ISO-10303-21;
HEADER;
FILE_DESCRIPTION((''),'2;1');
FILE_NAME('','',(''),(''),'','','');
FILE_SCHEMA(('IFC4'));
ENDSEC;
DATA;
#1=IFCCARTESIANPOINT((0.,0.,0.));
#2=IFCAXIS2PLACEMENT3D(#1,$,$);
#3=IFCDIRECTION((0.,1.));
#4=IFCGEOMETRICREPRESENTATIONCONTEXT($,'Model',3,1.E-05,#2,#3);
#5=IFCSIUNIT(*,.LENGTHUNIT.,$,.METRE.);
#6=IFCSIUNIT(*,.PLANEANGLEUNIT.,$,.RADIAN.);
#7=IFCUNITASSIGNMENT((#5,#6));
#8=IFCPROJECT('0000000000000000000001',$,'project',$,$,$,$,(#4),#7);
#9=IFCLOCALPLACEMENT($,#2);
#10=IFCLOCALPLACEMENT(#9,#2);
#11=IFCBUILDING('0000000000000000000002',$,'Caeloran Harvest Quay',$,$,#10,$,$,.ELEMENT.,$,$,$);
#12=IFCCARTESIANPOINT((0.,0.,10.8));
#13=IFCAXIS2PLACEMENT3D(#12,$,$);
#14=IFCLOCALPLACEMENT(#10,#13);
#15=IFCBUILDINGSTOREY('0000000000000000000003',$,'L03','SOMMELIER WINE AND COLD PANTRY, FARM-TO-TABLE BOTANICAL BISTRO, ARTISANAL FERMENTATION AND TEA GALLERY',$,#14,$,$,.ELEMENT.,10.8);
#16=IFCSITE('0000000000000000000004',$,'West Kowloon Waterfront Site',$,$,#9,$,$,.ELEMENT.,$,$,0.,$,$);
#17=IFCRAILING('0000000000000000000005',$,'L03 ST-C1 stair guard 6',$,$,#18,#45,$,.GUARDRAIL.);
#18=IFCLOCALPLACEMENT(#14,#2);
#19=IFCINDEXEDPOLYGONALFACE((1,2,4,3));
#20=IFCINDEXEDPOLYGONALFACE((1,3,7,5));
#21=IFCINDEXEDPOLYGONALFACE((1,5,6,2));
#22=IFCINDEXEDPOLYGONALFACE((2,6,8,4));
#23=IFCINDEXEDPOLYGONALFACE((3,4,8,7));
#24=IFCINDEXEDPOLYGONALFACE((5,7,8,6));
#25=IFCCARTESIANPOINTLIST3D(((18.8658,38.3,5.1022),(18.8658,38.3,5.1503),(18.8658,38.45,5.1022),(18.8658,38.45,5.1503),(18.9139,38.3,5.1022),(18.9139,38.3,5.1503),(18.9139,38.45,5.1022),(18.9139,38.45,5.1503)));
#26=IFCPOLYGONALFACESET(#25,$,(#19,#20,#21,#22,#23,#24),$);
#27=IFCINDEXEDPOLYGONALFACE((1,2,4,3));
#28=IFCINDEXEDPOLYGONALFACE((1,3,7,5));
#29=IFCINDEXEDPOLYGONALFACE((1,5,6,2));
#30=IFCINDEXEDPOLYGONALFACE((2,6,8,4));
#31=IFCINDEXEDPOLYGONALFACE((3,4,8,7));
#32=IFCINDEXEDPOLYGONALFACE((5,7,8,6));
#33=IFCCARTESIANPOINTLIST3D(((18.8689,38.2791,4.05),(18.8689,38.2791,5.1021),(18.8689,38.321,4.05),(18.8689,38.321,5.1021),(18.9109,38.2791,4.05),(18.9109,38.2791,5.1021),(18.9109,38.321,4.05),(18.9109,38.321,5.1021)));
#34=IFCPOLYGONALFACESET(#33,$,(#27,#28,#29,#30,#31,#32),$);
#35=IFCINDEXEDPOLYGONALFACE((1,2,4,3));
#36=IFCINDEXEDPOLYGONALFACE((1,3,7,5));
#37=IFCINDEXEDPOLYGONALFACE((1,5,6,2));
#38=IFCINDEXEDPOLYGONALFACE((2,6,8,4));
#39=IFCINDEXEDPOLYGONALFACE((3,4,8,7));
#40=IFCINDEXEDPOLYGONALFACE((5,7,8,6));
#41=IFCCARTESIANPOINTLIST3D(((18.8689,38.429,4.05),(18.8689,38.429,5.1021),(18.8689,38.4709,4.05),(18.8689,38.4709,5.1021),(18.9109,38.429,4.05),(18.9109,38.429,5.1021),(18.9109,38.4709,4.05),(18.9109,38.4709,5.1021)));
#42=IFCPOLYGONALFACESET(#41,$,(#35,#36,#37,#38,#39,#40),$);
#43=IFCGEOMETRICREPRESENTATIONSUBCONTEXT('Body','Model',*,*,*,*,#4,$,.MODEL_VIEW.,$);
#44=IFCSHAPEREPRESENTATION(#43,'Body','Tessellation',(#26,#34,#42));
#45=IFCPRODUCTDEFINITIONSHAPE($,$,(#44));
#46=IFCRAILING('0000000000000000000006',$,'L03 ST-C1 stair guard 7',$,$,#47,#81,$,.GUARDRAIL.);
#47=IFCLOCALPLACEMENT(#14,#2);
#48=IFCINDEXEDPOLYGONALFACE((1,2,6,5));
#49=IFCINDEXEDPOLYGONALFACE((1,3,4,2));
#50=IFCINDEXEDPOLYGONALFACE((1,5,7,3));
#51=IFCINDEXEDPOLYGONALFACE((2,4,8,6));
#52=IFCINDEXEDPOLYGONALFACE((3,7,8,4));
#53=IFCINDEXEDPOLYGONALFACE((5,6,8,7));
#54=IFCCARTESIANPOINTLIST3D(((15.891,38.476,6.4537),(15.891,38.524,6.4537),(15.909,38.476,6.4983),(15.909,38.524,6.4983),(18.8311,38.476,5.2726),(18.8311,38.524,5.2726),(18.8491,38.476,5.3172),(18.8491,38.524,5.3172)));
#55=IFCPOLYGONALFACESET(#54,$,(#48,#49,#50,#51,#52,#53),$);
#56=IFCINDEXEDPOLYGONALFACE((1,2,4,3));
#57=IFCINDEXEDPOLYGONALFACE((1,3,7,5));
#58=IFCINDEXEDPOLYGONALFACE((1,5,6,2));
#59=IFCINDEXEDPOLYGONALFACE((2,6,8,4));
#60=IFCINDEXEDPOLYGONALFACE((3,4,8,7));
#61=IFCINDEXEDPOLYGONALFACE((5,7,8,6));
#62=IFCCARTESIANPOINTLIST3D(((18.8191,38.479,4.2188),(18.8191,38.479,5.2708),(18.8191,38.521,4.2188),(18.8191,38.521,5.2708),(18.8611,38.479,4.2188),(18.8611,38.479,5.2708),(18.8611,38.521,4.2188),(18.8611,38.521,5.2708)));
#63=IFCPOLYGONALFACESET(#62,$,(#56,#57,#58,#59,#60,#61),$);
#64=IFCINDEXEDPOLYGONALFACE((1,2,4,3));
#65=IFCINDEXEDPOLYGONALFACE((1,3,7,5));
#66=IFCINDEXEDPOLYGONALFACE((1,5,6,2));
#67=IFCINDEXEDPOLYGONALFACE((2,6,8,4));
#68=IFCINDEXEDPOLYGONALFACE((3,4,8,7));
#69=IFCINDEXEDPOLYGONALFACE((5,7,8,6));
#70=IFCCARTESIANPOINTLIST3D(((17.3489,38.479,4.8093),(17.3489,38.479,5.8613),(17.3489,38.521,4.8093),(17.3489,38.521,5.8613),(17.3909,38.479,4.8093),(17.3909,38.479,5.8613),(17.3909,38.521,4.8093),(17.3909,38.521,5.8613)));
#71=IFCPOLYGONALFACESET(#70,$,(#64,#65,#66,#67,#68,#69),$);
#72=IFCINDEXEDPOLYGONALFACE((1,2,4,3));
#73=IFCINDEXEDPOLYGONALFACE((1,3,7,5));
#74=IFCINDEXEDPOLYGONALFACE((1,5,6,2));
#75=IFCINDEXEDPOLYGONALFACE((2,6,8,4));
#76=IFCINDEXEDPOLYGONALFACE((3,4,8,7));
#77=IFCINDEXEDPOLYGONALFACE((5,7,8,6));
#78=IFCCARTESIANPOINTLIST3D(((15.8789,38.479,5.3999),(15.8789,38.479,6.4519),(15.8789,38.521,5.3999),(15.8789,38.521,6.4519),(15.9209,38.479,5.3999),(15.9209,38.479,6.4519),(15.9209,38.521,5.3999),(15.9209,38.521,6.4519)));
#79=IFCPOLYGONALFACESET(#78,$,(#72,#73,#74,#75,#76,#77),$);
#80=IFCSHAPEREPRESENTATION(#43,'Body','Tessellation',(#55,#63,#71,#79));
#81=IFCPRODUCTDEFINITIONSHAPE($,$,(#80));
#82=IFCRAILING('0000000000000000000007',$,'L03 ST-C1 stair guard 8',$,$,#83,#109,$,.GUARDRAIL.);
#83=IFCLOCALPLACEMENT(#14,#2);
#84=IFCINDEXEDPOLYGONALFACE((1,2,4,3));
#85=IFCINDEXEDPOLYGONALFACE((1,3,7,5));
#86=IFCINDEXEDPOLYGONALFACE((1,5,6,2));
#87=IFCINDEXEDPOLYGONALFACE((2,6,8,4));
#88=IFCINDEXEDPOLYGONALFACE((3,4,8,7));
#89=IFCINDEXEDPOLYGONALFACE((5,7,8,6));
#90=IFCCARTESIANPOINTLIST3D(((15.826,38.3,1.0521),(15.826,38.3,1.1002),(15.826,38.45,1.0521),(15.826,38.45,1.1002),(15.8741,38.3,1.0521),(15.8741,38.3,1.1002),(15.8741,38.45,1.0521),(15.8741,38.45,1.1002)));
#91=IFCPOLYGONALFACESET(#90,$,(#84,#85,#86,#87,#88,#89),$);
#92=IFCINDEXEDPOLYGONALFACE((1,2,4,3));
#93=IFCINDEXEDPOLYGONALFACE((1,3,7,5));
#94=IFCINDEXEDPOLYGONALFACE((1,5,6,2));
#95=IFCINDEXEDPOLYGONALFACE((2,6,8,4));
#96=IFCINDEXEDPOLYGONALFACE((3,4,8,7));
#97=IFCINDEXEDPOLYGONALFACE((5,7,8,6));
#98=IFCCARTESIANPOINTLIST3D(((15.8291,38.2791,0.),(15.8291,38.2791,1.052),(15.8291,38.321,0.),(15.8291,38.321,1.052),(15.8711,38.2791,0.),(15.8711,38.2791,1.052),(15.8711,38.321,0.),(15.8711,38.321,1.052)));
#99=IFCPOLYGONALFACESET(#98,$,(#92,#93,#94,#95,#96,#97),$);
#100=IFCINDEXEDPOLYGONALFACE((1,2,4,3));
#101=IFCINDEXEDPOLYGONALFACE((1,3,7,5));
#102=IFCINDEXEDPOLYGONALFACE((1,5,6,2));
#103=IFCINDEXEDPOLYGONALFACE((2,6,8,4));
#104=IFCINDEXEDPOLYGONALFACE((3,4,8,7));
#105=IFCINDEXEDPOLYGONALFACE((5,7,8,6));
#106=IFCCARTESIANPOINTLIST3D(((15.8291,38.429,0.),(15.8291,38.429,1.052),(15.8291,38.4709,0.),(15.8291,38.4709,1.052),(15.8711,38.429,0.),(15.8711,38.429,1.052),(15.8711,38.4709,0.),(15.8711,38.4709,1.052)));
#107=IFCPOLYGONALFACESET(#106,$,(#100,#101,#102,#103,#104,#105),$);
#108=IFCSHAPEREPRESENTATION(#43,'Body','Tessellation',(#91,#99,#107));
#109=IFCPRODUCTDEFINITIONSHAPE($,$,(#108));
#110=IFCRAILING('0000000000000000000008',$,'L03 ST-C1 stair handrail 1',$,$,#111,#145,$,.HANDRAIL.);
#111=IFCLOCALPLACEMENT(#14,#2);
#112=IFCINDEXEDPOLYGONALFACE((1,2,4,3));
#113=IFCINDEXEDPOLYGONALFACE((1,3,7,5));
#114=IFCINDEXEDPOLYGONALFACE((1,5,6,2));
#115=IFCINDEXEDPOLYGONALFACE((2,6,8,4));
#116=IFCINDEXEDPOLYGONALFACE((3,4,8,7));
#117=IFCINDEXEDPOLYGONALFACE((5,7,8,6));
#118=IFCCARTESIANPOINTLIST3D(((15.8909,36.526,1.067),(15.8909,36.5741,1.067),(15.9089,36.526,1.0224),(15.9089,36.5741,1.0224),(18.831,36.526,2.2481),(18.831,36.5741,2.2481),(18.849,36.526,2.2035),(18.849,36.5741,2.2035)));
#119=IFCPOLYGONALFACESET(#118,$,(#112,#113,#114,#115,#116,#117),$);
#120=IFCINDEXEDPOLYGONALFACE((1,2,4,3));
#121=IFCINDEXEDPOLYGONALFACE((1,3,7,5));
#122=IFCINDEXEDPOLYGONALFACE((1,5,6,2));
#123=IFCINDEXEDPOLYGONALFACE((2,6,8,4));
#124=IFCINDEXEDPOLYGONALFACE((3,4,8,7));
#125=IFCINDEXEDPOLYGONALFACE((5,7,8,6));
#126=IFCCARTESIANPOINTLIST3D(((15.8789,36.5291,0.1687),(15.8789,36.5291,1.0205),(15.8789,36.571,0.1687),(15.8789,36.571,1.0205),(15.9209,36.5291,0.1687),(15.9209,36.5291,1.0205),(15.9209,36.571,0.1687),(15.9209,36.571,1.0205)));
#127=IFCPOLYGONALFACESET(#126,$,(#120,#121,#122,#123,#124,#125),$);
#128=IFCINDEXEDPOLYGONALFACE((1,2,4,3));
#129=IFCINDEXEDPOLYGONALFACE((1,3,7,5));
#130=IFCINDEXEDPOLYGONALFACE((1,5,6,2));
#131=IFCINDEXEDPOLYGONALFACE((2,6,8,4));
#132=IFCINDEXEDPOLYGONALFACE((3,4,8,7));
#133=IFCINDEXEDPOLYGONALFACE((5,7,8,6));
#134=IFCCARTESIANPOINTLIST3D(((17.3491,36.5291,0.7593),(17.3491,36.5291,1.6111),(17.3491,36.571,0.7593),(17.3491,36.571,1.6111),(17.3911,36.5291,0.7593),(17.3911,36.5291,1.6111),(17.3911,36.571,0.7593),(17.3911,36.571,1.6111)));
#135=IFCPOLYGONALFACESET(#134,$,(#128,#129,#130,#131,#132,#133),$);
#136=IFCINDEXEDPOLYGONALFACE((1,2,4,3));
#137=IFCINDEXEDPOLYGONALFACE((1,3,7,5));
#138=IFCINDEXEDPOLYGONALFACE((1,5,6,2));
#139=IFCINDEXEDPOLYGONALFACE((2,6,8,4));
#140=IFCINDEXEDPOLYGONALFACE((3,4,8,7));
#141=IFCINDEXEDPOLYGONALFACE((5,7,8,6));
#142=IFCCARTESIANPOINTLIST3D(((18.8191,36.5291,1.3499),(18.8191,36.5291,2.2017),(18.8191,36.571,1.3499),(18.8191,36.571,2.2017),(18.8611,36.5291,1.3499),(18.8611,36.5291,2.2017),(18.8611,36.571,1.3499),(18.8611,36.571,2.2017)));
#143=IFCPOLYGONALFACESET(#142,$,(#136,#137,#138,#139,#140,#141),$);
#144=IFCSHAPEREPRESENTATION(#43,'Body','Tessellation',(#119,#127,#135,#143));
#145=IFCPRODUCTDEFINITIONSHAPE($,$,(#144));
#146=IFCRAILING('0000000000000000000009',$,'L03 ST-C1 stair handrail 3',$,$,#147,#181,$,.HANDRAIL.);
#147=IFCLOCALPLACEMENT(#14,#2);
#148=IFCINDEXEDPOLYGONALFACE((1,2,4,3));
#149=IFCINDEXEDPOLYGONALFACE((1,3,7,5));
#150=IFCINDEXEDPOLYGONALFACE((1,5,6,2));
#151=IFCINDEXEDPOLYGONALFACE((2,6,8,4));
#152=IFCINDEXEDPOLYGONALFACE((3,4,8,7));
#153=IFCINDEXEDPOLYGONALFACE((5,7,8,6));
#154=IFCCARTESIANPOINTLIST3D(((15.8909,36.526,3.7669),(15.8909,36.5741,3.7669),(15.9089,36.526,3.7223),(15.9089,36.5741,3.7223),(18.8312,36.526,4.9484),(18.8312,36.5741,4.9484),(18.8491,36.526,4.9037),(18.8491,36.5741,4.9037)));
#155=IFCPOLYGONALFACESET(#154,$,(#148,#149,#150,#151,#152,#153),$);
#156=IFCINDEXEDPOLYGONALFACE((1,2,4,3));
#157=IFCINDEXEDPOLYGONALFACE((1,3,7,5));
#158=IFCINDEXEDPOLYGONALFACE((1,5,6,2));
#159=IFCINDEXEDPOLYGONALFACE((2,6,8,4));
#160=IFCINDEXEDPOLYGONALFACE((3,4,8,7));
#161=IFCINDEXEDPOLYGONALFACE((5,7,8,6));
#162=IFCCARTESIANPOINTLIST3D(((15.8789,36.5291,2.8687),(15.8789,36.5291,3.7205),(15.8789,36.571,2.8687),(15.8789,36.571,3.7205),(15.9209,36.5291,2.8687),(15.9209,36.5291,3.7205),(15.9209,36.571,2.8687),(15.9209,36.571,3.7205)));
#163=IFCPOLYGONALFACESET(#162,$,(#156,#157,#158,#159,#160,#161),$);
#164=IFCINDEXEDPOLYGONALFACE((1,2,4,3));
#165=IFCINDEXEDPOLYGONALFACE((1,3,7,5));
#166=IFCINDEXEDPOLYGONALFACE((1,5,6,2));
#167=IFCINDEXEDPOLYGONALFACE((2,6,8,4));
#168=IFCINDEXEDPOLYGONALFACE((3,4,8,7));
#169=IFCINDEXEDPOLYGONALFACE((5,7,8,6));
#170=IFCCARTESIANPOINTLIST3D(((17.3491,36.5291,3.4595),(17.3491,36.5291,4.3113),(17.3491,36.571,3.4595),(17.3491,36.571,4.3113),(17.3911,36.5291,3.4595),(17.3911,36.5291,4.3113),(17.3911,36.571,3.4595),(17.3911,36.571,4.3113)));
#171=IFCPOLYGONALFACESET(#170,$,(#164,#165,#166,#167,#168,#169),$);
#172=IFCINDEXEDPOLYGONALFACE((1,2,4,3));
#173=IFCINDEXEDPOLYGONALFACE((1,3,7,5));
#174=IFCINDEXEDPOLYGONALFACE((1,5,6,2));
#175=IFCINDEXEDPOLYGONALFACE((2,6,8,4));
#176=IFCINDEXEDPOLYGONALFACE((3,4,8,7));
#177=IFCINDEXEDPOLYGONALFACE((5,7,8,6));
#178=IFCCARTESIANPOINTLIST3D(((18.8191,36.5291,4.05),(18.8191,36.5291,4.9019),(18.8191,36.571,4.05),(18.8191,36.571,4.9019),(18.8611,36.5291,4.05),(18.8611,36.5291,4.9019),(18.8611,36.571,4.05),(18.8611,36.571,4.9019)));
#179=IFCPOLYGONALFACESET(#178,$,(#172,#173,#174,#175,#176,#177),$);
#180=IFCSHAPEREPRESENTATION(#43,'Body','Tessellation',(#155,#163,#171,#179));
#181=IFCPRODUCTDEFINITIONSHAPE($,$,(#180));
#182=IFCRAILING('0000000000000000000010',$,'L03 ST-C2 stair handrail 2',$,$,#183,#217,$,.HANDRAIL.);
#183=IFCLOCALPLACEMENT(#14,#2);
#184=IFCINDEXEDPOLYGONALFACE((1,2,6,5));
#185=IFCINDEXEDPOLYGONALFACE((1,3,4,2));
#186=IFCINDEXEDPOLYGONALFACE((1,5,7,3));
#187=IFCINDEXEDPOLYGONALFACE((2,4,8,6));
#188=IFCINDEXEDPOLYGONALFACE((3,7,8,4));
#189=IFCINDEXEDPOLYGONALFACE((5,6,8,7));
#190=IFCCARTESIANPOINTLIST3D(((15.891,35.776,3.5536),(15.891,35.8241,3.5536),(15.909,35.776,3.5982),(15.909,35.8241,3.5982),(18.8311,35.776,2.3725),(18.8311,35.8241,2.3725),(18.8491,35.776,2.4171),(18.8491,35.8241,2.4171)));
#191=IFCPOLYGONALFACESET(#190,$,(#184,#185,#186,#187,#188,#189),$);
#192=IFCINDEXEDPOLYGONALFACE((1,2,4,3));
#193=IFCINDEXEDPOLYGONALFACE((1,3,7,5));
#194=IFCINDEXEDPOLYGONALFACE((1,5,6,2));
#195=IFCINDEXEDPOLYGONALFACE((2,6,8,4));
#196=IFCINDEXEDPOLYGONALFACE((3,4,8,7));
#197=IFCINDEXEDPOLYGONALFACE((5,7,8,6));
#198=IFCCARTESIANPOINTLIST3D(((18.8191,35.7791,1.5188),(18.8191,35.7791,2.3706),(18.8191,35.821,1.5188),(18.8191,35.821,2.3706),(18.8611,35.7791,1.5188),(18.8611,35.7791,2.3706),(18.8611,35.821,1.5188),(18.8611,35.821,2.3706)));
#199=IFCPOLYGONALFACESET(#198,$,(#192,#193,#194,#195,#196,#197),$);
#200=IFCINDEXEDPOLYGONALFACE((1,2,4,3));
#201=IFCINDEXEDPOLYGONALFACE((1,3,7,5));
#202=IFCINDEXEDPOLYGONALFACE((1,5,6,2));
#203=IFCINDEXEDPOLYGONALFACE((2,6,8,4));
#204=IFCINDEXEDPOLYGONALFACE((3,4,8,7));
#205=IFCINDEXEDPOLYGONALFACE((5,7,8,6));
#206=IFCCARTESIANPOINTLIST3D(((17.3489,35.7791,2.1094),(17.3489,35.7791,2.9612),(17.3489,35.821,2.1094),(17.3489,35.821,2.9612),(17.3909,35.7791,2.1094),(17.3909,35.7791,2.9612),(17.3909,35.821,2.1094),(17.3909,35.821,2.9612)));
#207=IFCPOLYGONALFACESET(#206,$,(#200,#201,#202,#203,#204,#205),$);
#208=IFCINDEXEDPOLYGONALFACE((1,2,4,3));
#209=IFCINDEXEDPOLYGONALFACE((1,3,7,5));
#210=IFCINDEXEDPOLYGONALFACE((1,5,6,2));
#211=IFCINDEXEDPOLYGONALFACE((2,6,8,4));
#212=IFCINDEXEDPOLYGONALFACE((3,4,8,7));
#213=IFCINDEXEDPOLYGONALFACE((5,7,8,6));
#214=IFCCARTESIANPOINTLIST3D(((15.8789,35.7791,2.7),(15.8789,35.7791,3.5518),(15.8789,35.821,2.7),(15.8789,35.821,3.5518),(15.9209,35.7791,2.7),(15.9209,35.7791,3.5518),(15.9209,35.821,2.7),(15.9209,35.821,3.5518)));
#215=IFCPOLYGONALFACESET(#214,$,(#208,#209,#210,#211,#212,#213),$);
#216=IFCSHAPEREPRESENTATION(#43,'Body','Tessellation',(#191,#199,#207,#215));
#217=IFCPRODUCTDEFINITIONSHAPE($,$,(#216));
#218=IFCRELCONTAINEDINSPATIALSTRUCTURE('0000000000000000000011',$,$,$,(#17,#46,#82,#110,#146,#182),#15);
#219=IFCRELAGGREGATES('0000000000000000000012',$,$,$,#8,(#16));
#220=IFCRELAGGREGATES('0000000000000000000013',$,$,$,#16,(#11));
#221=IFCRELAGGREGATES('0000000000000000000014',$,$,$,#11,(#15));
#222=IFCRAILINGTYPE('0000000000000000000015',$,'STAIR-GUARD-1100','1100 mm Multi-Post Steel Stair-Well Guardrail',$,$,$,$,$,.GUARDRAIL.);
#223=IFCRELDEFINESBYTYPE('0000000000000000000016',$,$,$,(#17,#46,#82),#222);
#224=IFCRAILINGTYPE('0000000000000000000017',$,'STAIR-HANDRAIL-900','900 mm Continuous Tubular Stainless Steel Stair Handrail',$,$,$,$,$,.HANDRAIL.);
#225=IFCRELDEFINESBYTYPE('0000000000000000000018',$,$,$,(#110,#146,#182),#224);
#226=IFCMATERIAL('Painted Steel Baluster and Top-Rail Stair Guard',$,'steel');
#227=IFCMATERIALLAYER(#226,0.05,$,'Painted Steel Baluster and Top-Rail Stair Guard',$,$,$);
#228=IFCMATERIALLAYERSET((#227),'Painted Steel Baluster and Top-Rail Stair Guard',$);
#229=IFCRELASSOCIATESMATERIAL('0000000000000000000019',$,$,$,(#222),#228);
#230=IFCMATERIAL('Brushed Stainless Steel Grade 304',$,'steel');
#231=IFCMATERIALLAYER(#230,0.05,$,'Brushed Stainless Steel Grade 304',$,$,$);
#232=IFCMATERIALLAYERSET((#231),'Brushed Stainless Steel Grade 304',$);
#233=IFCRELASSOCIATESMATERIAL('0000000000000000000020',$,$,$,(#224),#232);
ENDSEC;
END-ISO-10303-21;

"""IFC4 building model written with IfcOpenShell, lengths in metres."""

from ifc_helpers import new_model, si_unit, direction, frame, origin, origin_2d, place, context, subcontext, project, spatial, rectangle, extrude, material, layer, layer_set, type_object, element, save


model = new_model("IFC4")

# Units and contexts
model_context = context("Model", 3, precision=1e-05, world=origin(), true_north=direction((0.0, 1.0)))
body_context = subcontext(model_context, "Body", "Model", "MODEL_VIEW")
ifc_project = project(units=[si_unit("LENGTHUNIT", "METRE"), si_unit("PLANEANGLEUNIT", "RADIAN")], contexts=[model_context])

# Site, building, storey
site_placement = place(None, origin())
site = spatial("IfcSite", under=ifc_project, at=site_placement, Name="West Kowloon Waterfront Site", CompositionType="ELEMENT", RefElevation=0.0)
building_placement = place(site_placement, origin())
building = spatial("IfcBuilding", under=site, at=building_placement, Name="Caeloran Harvest Quay", CompositionType="ELEMENT")
storey_placement = place(building_placement, frame((0.0, 0.0, 10.8)))
storey = spatial("IfcBuildingStorey", under=building, at=storey_placement, Name="L03", Description="SOMMELIER WINE AND COLD PANTRY, FARM-TO-TABLE BOTANICAL BISTRO, ARTISANAL FERMENTATION AND TEA GALLERY", CompositionType="ELEMENT", Elevation=10.8)

# Railings
ifc_material_1 = material(Name="Painted Steel Baluster and Top-Rail Stair Guard", Category="steel")
ifc_layer_1 = layer(ifc_material_1, 0.05, Name="Painted Steel Baluster and Top-Rail Stair Guard")
ifc_layer_set_1 = layer_set([ifc_layer_1], Name="Painted Steel Baluster and Top-Rail Stair Guard")
railing_type_1 = type_object("IfcRailingType", Name="STAIR-GUARD-1100", Description="1100 mm Multi-Post Steel Stair-Well Guardrail", PredefinedType="GUARDRAIL", material=ifc_layer_set_1)
railing_1_placement = place(storey_placement, frame((18.8899, 38.3, 4.05)))
element("IfcRailing", 1, at=railing_1_placement, inside=storey, type_object=railing_type_1, Name="L03 ST-C1 stair guard 6", PredefinedType="GUARDRAIL", context=body_context, shape_type="SweptSolid", body=[
    extrude(rectangle(XDim=0.0481, YDim=0.0481, at=origin_2d()), frame((0.0, 0.0, 1.0762), z_axis=(0.0, 1.0, 0.0), x_axis=(-1.0, 0.0, 0.0)), (0.0, 0.0, 1.0), 0.1499),
    extrude(rectangle(XDim=0.042, YDim=0.042, at=origin_2d()), origin(), (0.0, 0.0, 1.0), 1.052),
    extrude(rectangle(XDim=0.042, YDim=0.042, at=origin_2d()), frame((0.0, 0.1499, 0.0)), (0.0, 0.0, 1.0), 1.052),
])
railing_2_placement = place(storey_placement, frame((18.8401, 38.5, 4.2188)))
element("IfcRailing", 2, at=railing_2_placement, inside=storey, type_object=railing_type_1, Name="L03 ST-C1 stair guard 7", PredefinedType="GUARDRAIL", context=body_context, shape_type="SweptSolid", body=[
    extrude(rectangle(XDim=0.0481, YDim=0.0481, at=origin_2d()), frame((0.0, 0.0, 1.0762), z_axis=(-0.927923, 0.0, 0.372772), x_axis=(0.0, -1.0, 0.0)), (0.0, 0.0, 1.0), 3.1685),
    extrude(rectangle(XDim=0.042, YDim=0.042, at=origin_2d()), origin(), (0.0, 0.0, 1.0), 1.052),
    extrude(rectangle(XDim=0.042, YDim=0.042, at=origin_2d()), frame((-1.4702, 0.0, 0.5906)), (0.0, 0.0, 1.0), 1.052),
    extrude(rectangle(XDim=0.042, YDim=0.042, at=origin_2d()), frame((-2.9402, 0.0, 1.1812)), (0.0, 0.0, 1.0), 1.052),
])
railing_3_placement = place(storey_placement, frame((15.8501, 38.3, 0.0)))
element("IfcRailing", 3, at=railing_3_placement, inside=storey, type_object=railing_type_1, Name="L03 ST-C1 stair guard 8", PredefinedType="GUARDRAIL", context=body_context, shape_type="SweptSolid", body=[
    extrude(rectangle(XDim=0.0481, YDim=0.0481, at=origin_2d()), frame((0.0, 0.0, 1.0762), z_axis=(0.0, 1.0, 0.0), x_axis=(-1.0, 0.0, 0.0)), (0.0, 0.0, 1.0), 0.1499),
    extrude(rectangle(XDim=0.042, YDim=0.042, at=origin_2d()), origin(), (0.0, 0.0, 1.0), 1.052),
    extrude(rectangle(XDim=0.042, YDim=0.042, at=origin_2d()), frame((0.0, 0.1499, 0.0)), (0.0, 0.0, 1.0), 1.052),
])
ifc_material_2 = material(Name="Brushed Stainless Steel Grade 304", Category="steel")
ifc_layer_2 = layer(ifc_material_2, 0.05, Name="Brushed Stainless Steel Grade 304")
ifc_layer_set_2 = layer_set([ifc_layer_2], Name="Brushed Stainless Steel Grade 304")
railing_type_2 = type_object("IfcRailingType", Name="STAIR-HANDRAIL-900", Description="900 mm Continuous Tubular Stainless Steel Stair Handrail", PredefinedType="HANDRAIL", material=ifc_layer_set_2)
railing_4_placement = place(storey_placement, frame((15.8999, 36.55, 0.1687)))
element("IfcRailing", 4, at=railing_4_placement, inside=storey, type_object=railing_type_2, Name="L03 ST-C1 stair handrail 1", PredefinedType="HANDRAIL", context=body_context, shape_type="SweptSolid", body=[
    extrude(rectangle(XDim=0.0481, YDim=0.0481, at=origin_2d()), frame((0.0, 0.0, 0.876), z_axis=(0.927923, 0.0, 0.372772), x_axis=(0.0, 1.0, 0.0)), (0.0, 0.0, 1.0), 3.1685),
    extrude(rectangle(XDim=0.042, YDim=0.042, at=origin_2d()), origin(), (0.0, 0.0, 1.0), 0.8518),
    extrude(rectangle(XDim=0.042, YDim=0.042, at=origin_2d()), frame((1.4702, 0.0, 0.5906)), (0.0, 0.0, 1.0), 0.8518),
    extrude(rectangle(XDim=0.042, YDim=0.042, at=origin_2d()), frame((2.9402, 0.0, 1.1812)), (0.0, 0.0, 1.0), 0.8518),
])
railing_5_placement = place(storey_placement, frame((15.8999, 36.55, 2.8687)))
element("IfcRailing", 5, at=railing_5_placement, inside=storey, type_object=railing_type_2, Name="L03 ST-C1 stair handrail 3", PredefinedType="HANDRAIL", context=body_context, shape_type="SweptSolid", body=[
    extrude(rectangle(XDim=0.0481, YDim=0.0481, at=origin_2d()), frame((0.0, 0.0, 0.876), z_axis=(0.927896, 0.0, 0.372838), x_axis=(0.0, 1.0, 0.0)), (0.0, 0.0, 1.0), 3.1687),
    extrude(rectangle(XDim=0.042, YDim=0.042, at=origin_2d()), origin(), (0.0, 0.0, 1.0), 0.8518),
    extrude(rectangle(XDim=0.042, YDim=0.042, at=origin_2d()), frame((1.4702, 0.0, 0.5908)), (0.0, 0.0, 1.0), 0.8518),
    extrude(rectangle(XDim=0.042, YDim=0.042, at=origin_2d()), frame((2.9402, 0.0, 1.1814)), (0.0, 0.0, 1.0), 0.8518),
])
for number, where, name in (
    (6, (18.8401, 35.8, 1.5188), "L03 ST-C2 stair handrail 2"),
):
    element("IfcRailing", number, at=place(storey_placement, frame(where)), inside=storey, type_object=railing_type_2, Name=name, PredefinedType="HANDRAIL", context=body_context, shape_type="SweptSolid", body=[
        extrude(rectangle(XDim=0.0481, YDim=0.0481, at=origin_2d()), frame((0.0, 0.0, 0.876), z_axis=(-0.927923, 0.0, 0.372772), x_axis=(0.0, -1.0, 0.0)), (0.0, 0.0, 1.0), 3.1685),
        extrude(rectangle(XDim=0.042, YDim=0.042, at=origin_2d()), origin(), (0.0, 0.0, 1.0), 0.8518),
        extrude(rectangle(XDim=0.042, YDim=0.042, at=origin_2d()), frame((-1.4702, 0.0, 0.5906)), (0.0, 0.0, 1.0), 0.8518),
        extrude(rectangle(XDim=0.042, YDim=0.042, at=origin_2d()), frame((-2.9402, 0.0, 1.1812)), (0.0, 0.0, 1.0), 0.8518),
    ])

save(model, "model.ifc")
